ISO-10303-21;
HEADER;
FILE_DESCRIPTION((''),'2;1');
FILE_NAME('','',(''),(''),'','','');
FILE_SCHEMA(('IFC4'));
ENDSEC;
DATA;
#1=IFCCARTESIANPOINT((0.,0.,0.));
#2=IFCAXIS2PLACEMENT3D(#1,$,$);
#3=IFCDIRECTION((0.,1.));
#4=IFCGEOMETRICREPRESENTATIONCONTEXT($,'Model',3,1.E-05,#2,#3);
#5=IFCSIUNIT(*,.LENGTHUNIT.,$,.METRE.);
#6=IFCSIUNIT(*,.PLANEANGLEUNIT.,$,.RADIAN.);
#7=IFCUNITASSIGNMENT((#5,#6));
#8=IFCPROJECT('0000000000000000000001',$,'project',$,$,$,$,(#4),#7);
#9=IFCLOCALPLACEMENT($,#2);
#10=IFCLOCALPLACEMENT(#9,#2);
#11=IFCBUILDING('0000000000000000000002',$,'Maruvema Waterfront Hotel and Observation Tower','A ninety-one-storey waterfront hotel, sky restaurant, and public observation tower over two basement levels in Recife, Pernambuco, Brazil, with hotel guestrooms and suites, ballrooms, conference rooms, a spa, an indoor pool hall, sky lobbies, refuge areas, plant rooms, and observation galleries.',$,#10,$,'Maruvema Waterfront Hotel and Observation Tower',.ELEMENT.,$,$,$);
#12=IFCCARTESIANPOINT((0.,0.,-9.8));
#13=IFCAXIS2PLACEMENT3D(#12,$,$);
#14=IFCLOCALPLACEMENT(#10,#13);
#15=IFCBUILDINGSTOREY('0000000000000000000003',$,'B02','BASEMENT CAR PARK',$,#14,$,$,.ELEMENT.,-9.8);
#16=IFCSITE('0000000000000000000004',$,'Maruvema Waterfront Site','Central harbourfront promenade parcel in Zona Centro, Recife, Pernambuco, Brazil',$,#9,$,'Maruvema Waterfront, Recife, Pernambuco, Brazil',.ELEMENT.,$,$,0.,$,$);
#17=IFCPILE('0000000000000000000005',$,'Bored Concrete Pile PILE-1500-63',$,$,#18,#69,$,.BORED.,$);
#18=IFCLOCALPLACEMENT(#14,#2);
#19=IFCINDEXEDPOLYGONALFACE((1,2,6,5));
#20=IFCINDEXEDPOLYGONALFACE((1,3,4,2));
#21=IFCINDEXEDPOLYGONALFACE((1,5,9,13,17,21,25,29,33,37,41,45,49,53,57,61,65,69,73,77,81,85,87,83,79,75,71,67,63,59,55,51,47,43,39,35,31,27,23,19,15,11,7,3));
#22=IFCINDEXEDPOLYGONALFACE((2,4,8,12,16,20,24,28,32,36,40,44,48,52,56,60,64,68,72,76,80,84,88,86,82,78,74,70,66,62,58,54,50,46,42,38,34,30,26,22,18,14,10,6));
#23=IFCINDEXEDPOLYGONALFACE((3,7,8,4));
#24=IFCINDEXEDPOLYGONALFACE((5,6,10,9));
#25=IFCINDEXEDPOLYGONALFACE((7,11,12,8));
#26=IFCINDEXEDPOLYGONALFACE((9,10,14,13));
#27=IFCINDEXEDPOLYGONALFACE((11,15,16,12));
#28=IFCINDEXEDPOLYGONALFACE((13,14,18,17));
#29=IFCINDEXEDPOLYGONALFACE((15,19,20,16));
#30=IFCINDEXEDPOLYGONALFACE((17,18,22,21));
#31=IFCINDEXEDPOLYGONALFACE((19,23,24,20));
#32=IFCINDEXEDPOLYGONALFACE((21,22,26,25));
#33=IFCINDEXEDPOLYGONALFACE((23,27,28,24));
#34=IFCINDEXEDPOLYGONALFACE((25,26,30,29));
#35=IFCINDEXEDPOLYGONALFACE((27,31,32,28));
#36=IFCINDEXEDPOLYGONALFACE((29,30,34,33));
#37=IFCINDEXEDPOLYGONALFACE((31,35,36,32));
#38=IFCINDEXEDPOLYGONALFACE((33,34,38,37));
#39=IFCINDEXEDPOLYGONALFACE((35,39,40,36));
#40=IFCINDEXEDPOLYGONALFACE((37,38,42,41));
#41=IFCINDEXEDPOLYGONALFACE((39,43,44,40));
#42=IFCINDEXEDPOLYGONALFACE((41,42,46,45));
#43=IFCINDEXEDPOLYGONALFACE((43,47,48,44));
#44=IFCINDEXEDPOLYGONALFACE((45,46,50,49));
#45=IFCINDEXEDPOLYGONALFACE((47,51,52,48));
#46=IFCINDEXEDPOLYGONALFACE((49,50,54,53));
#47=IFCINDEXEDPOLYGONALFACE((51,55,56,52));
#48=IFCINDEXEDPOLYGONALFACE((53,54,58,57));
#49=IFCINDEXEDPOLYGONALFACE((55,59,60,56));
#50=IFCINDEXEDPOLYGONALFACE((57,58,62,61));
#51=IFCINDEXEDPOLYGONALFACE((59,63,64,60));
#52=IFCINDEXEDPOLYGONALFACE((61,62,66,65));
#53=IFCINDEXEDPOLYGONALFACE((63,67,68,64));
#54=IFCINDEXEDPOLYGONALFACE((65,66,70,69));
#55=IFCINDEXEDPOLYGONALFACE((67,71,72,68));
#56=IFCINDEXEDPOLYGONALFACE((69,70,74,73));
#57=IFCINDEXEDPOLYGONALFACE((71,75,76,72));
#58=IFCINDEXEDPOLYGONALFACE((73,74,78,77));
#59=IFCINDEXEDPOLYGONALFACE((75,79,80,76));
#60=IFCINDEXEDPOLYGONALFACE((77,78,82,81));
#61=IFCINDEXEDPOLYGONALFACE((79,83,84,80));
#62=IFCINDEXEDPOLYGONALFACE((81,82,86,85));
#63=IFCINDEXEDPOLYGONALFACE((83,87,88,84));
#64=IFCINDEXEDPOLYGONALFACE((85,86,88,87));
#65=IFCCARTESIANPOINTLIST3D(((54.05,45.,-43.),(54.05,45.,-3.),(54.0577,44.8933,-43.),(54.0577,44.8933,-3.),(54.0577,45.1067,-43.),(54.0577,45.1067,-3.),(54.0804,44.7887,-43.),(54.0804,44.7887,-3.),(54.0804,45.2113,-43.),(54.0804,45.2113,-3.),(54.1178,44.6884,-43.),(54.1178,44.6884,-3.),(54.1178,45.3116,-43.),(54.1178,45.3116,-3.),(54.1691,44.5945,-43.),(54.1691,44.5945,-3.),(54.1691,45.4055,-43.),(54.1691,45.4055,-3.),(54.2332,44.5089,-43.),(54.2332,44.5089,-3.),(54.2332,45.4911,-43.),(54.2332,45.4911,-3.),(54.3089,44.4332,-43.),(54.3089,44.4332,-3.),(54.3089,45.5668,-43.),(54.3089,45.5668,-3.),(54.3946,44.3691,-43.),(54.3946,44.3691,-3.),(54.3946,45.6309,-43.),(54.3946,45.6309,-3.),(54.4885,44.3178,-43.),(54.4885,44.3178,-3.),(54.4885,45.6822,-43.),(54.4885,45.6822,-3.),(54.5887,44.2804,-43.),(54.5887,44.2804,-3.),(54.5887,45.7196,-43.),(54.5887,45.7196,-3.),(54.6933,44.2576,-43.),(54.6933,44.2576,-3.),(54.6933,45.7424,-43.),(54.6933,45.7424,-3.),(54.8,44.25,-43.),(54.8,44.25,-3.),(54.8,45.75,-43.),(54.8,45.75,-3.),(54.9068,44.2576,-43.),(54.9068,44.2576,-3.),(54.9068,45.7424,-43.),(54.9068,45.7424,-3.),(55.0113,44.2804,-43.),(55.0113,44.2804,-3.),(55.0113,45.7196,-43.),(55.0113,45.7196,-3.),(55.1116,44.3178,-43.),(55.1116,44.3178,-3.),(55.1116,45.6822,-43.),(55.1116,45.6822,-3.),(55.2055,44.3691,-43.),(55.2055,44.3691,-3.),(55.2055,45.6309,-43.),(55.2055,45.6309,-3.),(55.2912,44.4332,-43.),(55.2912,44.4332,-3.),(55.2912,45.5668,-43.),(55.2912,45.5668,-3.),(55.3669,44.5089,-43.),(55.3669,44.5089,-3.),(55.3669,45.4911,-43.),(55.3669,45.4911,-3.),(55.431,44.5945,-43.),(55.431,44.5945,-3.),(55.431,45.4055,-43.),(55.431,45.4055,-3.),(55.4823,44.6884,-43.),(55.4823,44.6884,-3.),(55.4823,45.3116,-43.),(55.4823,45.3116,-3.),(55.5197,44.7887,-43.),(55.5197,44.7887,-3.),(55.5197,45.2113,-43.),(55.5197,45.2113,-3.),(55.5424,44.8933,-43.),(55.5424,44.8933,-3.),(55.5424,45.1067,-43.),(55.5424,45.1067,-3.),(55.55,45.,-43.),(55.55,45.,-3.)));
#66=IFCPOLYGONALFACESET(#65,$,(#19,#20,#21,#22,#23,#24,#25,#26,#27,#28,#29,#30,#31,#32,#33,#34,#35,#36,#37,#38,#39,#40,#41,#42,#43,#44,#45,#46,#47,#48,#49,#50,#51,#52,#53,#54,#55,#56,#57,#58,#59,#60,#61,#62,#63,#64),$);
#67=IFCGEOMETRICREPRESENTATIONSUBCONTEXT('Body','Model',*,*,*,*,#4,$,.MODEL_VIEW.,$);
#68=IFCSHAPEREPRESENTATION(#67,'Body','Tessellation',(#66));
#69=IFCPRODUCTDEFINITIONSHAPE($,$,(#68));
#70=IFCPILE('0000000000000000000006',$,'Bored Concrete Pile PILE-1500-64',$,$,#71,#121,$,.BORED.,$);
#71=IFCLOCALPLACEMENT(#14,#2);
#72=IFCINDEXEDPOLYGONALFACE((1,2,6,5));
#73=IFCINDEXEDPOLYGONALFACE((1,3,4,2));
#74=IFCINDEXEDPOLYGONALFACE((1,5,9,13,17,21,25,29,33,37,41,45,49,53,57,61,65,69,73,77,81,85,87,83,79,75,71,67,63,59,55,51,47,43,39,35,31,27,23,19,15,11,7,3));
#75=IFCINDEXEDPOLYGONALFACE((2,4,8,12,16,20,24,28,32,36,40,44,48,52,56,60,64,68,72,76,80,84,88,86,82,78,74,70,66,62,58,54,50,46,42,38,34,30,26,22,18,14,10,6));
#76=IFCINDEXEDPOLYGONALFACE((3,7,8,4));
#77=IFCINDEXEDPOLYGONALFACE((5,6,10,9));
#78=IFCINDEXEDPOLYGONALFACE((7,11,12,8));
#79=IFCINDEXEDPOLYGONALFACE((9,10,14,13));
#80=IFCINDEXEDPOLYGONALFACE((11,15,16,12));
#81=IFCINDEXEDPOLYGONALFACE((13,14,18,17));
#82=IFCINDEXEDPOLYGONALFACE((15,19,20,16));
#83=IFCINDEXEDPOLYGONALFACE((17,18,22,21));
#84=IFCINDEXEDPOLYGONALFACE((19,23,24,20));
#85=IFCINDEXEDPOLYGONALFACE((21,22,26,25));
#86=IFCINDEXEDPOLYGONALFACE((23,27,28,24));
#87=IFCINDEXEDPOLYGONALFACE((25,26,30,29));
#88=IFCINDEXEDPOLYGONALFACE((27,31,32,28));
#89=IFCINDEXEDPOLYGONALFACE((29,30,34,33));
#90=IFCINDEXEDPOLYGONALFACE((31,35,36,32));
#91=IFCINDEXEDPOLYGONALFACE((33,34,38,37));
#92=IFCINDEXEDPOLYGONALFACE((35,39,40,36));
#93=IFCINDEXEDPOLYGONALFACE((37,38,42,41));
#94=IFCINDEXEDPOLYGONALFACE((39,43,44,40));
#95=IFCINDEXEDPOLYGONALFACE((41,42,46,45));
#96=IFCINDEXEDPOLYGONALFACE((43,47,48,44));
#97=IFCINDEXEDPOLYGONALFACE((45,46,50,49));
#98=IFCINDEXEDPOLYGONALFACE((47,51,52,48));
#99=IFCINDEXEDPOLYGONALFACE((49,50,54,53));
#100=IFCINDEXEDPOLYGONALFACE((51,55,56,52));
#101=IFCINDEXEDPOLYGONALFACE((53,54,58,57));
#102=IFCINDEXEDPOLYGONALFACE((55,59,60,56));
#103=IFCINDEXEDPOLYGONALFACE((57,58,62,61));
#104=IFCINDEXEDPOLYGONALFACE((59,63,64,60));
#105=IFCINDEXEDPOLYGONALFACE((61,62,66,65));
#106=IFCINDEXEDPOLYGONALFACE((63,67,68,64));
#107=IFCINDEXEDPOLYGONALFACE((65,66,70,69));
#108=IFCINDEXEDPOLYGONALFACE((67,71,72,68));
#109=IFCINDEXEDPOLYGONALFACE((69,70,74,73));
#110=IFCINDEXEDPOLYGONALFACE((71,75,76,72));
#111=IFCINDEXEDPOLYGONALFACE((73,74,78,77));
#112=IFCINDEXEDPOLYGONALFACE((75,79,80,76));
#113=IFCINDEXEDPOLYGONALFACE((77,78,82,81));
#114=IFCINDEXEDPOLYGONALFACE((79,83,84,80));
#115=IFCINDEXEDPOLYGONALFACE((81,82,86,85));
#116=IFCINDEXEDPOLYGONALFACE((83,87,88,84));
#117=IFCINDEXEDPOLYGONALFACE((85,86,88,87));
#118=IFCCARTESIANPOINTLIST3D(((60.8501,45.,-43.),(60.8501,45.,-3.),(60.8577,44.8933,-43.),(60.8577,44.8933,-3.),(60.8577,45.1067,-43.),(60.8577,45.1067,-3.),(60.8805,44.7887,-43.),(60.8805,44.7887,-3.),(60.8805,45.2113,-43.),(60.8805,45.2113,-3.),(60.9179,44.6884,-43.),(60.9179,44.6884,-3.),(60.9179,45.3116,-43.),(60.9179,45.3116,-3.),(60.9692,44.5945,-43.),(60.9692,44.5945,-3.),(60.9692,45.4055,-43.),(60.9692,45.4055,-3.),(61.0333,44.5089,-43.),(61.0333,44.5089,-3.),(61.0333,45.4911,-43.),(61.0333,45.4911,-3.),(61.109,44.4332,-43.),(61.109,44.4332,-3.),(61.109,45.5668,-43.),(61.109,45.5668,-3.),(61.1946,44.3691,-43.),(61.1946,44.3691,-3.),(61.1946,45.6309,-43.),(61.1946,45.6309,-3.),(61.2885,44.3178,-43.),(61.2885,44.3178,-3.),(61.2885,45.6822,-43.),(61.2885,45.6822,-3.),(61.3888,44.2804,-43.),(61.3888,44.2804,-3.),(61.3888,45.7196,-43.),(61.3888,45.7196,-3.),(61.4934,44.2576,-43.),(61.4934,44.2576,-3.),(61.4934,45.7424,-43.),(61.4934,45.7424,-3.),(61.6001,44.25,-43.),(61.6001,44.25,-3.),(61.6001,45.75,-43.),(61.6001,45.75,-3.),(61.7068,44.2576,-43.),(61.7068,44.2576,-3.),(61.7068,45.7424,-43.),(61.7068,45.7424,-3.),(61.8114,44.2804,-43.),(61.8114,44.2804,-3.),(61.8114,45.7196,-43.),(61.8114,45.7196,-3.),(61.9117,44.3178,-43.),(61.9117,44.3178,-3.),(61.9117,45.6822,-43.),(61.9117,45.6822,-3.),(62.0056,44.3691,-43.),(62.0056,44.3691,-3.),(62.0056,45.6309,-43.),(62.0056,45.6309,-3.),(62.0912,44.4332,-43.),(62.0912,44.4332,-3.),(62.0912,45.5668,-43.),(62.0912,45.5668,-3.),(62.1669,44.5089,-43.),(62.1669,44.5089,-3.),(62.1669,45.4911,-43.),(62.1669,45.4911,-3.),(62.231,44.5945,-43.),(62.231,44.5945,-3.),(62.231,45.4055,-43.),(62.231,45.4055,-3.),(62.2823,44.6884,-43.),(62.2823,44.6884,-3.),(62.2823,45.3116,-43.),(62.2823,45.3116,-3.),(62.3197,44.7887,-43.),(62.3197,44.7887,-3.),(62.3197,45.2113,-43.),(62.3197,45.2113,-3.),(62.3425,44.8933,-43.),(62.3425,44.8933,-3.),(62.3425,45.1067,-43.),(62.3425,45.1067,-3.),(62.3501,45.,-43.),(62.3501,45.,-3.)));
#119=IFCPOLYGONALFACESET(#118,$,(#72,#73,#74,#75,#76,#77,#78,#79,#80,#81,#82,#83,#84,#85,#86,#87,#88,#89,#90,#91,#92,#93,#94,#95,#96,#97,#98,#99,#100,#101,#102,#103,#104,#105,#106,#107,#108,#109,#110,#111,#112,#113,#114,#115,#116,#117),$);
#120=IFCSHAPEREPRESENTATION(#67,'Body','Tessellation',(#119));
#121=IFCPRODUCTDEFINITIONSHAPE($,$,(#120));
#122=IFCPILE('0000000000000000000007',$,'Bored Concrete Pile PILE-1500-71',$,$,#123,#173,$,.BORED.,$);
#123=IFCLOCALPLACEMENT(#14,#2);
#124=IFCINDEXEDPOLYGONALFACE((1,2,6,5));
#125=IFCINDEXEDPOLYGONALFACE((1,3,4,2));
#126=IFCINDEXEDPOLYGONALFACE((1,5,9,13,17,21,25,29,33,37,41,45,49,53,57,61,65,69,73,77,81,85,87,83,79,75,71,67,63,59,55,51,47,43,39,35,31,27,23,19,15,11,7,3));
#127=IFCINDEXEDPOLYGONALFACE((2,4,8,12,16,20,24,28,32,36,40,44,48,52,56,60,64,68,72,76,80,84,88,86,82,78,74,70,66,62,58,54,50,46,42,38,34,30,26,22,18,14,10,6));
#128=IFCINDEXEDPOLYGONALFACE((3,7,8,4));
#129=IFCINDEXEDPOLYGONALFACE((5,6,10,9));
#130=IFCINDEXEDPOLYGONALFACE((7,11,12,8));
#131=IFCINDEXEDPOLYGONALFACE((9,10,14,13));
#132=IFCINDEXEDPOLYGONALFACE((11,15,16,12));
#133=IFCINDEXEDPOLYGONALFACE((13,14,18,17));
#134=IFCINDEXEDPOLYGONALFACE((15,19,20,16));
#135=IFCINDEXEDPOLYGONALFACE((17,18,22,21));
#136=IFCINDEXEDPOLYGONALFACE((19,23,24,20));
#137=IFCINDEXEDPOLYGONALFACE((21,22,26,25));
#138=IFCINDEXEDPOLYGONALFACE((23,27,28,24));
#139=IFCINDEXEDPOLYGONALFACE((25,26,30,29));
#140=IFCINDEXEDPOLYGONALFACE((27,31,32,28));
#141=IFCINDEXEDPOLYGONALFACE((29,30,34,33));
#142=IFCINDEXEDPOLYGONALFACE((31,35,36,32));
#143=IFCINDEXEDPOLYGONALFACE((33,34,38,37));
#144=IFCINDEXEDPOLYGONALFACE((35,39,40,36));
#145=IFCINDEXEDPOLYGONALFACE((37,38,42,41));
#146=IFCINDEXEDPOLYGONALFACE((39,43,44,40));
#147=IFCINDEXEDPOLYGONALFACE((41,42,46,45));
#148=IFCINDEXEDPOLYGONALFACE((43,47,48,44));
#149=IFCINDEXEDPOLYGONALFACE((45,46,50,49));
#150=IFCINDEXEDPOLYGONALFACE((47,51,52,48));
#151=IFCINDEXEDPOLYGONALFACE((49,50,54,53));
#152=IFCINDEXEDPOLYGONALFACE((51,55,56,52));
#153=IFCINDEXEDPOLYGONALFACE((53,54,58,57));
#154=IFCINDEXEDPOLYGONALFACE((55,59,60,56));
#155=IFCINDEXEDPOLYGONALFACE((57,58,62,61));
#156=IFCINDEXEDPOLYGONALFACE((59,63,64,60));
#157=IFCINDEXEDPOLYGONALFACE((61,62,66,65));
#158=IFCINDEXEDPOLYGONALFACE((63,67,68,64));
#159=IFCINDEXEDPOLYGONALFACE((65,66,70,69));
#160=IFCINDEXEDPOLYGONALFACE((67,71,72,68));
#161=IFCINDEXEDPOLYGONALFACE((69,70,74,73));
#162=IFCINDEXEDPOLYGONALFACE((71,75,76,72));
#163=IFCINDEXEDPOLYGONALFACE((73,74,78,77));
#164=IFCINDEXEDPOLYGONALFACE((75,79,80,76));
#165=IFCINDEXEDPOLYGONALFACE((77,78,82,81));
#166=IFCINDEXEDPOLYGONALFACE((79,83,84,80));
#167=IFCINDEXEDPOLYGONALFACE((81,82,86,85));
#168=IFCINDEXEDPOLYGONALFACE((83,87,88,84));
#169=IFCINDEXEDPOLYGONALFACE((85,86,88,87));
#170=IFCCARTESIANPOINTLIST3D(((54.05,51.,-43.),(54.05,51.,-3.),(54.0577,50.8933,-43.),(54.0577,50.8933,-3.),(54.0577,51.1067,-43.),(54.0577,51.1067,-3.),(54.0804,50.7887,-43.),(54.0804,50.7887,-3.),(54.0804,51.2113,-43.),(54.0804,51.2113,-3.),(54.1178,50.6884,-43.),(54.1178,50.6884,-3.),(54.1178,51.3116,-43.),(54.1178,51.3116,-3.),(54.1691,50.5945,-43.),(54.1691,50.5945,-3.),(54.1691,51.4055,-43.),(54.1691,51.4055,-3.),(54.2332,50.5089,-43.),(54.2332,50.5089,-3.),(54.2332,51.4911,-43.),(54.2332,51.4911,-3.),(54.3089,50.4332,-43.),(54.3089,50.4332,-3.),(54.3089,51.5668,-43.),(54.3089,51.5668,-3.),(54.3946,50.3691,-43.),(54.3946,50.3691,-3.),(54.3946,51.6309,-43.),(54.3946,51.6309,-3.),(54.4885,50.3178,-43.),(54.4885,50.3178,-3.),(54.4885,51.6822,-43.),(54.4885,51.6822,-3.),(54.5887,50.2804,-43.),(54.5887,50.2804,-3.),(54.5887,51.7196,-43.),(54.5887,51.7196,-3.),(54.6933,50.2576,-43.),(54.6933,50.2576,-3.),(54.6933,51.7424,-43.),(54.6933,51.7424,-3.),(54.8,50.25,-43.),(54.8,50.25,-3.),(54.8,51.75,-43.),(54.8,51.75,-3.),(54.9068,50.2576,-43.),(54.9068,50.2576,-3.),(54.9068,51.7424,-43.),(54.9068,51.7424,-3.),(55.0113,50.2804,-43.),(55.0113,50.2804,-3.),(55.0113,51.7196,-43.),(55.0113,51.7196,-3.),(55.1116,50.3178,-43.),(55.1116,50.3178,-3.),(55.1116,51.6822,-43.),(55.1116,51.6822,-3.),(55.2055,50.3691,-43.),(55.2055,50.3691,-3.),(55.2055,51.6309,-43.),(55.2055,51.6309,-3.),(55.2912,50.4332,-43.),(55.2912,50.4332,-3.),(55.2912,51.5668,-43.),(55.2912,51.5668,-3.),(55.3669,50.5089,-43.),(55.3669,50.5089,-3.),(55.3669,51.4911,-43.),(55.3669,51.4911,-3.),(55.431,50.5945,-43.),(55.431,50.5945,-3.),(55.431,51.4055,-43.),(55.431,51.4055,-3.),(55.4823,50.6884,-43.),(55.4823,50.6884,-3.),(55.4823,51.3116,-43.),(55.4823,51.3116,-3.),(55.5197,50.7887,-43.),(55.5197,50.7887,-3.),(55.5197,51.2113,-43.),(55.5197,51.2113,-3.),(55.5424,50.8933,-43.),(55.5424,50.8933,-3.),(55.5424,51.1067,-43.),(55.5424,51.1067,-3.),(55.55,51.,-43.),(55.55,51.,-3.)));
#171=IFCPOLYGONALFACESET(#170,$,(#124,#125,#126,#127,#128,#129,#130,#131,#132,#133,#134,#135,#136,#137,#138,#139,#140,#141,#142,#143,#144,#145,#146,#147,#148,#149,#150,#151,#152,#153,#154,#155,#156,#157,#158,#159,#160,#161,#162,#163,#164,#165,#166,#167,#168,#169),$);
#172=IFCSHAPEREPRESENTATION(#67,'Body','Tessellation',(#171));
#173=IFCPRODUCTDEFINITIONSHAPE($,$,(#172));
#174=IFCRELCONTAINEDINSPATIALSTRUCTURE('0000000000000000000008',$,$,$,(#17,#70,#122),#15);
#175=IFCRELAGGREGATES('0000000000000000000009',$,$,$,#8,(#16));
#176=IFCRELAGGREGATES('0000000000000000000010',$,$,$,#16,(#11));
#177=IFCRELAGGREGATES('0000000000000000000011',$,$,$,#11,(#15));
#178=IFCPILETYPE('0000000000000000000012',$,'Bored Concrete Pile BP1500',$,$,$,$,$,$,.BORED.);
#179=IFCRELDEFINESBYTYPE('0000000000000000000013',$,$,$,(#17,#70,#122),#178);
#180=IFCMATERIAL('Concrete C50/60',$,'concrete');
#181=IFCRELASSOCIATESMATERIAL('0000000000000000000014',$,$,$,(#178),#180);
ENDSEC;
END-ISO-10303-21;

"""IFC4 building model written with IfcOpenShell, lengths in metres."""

from ifc_helpers import new_model, si_unit, direction, frame, origin, origin_2d, place, context, subcontext, project, spatial, circle, extrude, material, material_profile, profile_set, type_object, element, save


model = new_model("IFC4")

# Units and contexts
model_context = context("Model", 3, precision=1e-05, world=origin(), true_north=direction((0.0, 1.0)))
body_context = subcontext(model_context, "Body", "Model", "MODEL_VIEW")
ifc_project = project(units=[si_unit("LENGTHUNIT", "METRE"), si_unit("PLANEANGLEUNIT", "RADIAN")], contexts=[model_context])

# Site, building, storey
site_placement = place(None, origin())
site = spatial("IfcSite", under=ifc_project, at=site_placement, Name="Maruvema Waterfront Site", Description="Central harbourfront promenade parcel in Zona Centro, Recife, Pernambuco, Brazil", LongName="Maruvema Waterfront, Recife, Pernambuco, Brazil", CompositionType="ELEMENT", RefElevation=0.0)
building_placement = place(site_placement, origin())
building = spatial("IfcBuilding", under=site, at=building_placement, Name="Maruvema Waterfront Hotel and Observation Tower", Description="A ninety-one-storey waterfront hotel, sky restaurant, and public observation tower over two basement levels in Recife, Pernambuco, Brazil, with hotel guestrooms and suites, ballrooms, conference rooms, a spa, an indoor pool hall, sky lobbies, refuge areas, plant rooms, and observation galleries.", LongName="Maruvema Waterfront Hotel and Observation Tower", CompositionType="ELEMENT")
storey_placement = place(building_placement, frame((0.0, 0.0, -9.8)))
storey = spatial("IfcBuildingStorey", under=building, at=storey_placement, Name="B02", Description="BASEMENT CAR PARK", CompositionType="ELEMENT", Elevation=-9.8)

# Piles
ifc_material_1 = material(Name="Concrete C50/60", Category="concrete")
ifc_material_profile_1 = material_profile(ifc_material_1, circle(Radius=0.75, at=origin_2d()), Name="BP1500")
ifc_profile_set_1 = profile_set([ifc_material_profile_1], Name="Concrete C50/60")
pile_type = type_object("IfcPileType", Name="Bored Concrete Pile BP1500", PredefinedType="BORED", material=ifc_profile_set_1)
for number, where, z_axis, x_axis, name in (
    (1, (54.8, 45.0, -3.0), (0.0, 0.0, -1.0), (1.0, 0.0, 0.0), "Bored Concrete Pile PILE-1500-63"),
    (2, (61.6001, 45.0, -3.0), (0.0, 0.0, -1.0), (1.0, 0.0, 0.0), "Bored Concrete Pile PILE-1500-64"),
    (3, (54.8, 51.0, -3.0), (0.0, 0.0, -1.0), (1.0, 0.0, 0.0), "Bored Concrete Pile PILE-1500-71"),
):
    element("IfcPile", number, at=place(storey_placement, frame(where, z_axis=z_axis, x_axis=x_axis)), inside=storey, type_object=pile_type, Name=name, PredefinedType="BORED", context=body_context, shape_type="SweptSolid", body=[
        extrude(circle(Radius=0.75, at=origin_2d()), origin(), (0.0, 0.0, 1.0), 40.0),
    ])

save(model, "model.ifc")
